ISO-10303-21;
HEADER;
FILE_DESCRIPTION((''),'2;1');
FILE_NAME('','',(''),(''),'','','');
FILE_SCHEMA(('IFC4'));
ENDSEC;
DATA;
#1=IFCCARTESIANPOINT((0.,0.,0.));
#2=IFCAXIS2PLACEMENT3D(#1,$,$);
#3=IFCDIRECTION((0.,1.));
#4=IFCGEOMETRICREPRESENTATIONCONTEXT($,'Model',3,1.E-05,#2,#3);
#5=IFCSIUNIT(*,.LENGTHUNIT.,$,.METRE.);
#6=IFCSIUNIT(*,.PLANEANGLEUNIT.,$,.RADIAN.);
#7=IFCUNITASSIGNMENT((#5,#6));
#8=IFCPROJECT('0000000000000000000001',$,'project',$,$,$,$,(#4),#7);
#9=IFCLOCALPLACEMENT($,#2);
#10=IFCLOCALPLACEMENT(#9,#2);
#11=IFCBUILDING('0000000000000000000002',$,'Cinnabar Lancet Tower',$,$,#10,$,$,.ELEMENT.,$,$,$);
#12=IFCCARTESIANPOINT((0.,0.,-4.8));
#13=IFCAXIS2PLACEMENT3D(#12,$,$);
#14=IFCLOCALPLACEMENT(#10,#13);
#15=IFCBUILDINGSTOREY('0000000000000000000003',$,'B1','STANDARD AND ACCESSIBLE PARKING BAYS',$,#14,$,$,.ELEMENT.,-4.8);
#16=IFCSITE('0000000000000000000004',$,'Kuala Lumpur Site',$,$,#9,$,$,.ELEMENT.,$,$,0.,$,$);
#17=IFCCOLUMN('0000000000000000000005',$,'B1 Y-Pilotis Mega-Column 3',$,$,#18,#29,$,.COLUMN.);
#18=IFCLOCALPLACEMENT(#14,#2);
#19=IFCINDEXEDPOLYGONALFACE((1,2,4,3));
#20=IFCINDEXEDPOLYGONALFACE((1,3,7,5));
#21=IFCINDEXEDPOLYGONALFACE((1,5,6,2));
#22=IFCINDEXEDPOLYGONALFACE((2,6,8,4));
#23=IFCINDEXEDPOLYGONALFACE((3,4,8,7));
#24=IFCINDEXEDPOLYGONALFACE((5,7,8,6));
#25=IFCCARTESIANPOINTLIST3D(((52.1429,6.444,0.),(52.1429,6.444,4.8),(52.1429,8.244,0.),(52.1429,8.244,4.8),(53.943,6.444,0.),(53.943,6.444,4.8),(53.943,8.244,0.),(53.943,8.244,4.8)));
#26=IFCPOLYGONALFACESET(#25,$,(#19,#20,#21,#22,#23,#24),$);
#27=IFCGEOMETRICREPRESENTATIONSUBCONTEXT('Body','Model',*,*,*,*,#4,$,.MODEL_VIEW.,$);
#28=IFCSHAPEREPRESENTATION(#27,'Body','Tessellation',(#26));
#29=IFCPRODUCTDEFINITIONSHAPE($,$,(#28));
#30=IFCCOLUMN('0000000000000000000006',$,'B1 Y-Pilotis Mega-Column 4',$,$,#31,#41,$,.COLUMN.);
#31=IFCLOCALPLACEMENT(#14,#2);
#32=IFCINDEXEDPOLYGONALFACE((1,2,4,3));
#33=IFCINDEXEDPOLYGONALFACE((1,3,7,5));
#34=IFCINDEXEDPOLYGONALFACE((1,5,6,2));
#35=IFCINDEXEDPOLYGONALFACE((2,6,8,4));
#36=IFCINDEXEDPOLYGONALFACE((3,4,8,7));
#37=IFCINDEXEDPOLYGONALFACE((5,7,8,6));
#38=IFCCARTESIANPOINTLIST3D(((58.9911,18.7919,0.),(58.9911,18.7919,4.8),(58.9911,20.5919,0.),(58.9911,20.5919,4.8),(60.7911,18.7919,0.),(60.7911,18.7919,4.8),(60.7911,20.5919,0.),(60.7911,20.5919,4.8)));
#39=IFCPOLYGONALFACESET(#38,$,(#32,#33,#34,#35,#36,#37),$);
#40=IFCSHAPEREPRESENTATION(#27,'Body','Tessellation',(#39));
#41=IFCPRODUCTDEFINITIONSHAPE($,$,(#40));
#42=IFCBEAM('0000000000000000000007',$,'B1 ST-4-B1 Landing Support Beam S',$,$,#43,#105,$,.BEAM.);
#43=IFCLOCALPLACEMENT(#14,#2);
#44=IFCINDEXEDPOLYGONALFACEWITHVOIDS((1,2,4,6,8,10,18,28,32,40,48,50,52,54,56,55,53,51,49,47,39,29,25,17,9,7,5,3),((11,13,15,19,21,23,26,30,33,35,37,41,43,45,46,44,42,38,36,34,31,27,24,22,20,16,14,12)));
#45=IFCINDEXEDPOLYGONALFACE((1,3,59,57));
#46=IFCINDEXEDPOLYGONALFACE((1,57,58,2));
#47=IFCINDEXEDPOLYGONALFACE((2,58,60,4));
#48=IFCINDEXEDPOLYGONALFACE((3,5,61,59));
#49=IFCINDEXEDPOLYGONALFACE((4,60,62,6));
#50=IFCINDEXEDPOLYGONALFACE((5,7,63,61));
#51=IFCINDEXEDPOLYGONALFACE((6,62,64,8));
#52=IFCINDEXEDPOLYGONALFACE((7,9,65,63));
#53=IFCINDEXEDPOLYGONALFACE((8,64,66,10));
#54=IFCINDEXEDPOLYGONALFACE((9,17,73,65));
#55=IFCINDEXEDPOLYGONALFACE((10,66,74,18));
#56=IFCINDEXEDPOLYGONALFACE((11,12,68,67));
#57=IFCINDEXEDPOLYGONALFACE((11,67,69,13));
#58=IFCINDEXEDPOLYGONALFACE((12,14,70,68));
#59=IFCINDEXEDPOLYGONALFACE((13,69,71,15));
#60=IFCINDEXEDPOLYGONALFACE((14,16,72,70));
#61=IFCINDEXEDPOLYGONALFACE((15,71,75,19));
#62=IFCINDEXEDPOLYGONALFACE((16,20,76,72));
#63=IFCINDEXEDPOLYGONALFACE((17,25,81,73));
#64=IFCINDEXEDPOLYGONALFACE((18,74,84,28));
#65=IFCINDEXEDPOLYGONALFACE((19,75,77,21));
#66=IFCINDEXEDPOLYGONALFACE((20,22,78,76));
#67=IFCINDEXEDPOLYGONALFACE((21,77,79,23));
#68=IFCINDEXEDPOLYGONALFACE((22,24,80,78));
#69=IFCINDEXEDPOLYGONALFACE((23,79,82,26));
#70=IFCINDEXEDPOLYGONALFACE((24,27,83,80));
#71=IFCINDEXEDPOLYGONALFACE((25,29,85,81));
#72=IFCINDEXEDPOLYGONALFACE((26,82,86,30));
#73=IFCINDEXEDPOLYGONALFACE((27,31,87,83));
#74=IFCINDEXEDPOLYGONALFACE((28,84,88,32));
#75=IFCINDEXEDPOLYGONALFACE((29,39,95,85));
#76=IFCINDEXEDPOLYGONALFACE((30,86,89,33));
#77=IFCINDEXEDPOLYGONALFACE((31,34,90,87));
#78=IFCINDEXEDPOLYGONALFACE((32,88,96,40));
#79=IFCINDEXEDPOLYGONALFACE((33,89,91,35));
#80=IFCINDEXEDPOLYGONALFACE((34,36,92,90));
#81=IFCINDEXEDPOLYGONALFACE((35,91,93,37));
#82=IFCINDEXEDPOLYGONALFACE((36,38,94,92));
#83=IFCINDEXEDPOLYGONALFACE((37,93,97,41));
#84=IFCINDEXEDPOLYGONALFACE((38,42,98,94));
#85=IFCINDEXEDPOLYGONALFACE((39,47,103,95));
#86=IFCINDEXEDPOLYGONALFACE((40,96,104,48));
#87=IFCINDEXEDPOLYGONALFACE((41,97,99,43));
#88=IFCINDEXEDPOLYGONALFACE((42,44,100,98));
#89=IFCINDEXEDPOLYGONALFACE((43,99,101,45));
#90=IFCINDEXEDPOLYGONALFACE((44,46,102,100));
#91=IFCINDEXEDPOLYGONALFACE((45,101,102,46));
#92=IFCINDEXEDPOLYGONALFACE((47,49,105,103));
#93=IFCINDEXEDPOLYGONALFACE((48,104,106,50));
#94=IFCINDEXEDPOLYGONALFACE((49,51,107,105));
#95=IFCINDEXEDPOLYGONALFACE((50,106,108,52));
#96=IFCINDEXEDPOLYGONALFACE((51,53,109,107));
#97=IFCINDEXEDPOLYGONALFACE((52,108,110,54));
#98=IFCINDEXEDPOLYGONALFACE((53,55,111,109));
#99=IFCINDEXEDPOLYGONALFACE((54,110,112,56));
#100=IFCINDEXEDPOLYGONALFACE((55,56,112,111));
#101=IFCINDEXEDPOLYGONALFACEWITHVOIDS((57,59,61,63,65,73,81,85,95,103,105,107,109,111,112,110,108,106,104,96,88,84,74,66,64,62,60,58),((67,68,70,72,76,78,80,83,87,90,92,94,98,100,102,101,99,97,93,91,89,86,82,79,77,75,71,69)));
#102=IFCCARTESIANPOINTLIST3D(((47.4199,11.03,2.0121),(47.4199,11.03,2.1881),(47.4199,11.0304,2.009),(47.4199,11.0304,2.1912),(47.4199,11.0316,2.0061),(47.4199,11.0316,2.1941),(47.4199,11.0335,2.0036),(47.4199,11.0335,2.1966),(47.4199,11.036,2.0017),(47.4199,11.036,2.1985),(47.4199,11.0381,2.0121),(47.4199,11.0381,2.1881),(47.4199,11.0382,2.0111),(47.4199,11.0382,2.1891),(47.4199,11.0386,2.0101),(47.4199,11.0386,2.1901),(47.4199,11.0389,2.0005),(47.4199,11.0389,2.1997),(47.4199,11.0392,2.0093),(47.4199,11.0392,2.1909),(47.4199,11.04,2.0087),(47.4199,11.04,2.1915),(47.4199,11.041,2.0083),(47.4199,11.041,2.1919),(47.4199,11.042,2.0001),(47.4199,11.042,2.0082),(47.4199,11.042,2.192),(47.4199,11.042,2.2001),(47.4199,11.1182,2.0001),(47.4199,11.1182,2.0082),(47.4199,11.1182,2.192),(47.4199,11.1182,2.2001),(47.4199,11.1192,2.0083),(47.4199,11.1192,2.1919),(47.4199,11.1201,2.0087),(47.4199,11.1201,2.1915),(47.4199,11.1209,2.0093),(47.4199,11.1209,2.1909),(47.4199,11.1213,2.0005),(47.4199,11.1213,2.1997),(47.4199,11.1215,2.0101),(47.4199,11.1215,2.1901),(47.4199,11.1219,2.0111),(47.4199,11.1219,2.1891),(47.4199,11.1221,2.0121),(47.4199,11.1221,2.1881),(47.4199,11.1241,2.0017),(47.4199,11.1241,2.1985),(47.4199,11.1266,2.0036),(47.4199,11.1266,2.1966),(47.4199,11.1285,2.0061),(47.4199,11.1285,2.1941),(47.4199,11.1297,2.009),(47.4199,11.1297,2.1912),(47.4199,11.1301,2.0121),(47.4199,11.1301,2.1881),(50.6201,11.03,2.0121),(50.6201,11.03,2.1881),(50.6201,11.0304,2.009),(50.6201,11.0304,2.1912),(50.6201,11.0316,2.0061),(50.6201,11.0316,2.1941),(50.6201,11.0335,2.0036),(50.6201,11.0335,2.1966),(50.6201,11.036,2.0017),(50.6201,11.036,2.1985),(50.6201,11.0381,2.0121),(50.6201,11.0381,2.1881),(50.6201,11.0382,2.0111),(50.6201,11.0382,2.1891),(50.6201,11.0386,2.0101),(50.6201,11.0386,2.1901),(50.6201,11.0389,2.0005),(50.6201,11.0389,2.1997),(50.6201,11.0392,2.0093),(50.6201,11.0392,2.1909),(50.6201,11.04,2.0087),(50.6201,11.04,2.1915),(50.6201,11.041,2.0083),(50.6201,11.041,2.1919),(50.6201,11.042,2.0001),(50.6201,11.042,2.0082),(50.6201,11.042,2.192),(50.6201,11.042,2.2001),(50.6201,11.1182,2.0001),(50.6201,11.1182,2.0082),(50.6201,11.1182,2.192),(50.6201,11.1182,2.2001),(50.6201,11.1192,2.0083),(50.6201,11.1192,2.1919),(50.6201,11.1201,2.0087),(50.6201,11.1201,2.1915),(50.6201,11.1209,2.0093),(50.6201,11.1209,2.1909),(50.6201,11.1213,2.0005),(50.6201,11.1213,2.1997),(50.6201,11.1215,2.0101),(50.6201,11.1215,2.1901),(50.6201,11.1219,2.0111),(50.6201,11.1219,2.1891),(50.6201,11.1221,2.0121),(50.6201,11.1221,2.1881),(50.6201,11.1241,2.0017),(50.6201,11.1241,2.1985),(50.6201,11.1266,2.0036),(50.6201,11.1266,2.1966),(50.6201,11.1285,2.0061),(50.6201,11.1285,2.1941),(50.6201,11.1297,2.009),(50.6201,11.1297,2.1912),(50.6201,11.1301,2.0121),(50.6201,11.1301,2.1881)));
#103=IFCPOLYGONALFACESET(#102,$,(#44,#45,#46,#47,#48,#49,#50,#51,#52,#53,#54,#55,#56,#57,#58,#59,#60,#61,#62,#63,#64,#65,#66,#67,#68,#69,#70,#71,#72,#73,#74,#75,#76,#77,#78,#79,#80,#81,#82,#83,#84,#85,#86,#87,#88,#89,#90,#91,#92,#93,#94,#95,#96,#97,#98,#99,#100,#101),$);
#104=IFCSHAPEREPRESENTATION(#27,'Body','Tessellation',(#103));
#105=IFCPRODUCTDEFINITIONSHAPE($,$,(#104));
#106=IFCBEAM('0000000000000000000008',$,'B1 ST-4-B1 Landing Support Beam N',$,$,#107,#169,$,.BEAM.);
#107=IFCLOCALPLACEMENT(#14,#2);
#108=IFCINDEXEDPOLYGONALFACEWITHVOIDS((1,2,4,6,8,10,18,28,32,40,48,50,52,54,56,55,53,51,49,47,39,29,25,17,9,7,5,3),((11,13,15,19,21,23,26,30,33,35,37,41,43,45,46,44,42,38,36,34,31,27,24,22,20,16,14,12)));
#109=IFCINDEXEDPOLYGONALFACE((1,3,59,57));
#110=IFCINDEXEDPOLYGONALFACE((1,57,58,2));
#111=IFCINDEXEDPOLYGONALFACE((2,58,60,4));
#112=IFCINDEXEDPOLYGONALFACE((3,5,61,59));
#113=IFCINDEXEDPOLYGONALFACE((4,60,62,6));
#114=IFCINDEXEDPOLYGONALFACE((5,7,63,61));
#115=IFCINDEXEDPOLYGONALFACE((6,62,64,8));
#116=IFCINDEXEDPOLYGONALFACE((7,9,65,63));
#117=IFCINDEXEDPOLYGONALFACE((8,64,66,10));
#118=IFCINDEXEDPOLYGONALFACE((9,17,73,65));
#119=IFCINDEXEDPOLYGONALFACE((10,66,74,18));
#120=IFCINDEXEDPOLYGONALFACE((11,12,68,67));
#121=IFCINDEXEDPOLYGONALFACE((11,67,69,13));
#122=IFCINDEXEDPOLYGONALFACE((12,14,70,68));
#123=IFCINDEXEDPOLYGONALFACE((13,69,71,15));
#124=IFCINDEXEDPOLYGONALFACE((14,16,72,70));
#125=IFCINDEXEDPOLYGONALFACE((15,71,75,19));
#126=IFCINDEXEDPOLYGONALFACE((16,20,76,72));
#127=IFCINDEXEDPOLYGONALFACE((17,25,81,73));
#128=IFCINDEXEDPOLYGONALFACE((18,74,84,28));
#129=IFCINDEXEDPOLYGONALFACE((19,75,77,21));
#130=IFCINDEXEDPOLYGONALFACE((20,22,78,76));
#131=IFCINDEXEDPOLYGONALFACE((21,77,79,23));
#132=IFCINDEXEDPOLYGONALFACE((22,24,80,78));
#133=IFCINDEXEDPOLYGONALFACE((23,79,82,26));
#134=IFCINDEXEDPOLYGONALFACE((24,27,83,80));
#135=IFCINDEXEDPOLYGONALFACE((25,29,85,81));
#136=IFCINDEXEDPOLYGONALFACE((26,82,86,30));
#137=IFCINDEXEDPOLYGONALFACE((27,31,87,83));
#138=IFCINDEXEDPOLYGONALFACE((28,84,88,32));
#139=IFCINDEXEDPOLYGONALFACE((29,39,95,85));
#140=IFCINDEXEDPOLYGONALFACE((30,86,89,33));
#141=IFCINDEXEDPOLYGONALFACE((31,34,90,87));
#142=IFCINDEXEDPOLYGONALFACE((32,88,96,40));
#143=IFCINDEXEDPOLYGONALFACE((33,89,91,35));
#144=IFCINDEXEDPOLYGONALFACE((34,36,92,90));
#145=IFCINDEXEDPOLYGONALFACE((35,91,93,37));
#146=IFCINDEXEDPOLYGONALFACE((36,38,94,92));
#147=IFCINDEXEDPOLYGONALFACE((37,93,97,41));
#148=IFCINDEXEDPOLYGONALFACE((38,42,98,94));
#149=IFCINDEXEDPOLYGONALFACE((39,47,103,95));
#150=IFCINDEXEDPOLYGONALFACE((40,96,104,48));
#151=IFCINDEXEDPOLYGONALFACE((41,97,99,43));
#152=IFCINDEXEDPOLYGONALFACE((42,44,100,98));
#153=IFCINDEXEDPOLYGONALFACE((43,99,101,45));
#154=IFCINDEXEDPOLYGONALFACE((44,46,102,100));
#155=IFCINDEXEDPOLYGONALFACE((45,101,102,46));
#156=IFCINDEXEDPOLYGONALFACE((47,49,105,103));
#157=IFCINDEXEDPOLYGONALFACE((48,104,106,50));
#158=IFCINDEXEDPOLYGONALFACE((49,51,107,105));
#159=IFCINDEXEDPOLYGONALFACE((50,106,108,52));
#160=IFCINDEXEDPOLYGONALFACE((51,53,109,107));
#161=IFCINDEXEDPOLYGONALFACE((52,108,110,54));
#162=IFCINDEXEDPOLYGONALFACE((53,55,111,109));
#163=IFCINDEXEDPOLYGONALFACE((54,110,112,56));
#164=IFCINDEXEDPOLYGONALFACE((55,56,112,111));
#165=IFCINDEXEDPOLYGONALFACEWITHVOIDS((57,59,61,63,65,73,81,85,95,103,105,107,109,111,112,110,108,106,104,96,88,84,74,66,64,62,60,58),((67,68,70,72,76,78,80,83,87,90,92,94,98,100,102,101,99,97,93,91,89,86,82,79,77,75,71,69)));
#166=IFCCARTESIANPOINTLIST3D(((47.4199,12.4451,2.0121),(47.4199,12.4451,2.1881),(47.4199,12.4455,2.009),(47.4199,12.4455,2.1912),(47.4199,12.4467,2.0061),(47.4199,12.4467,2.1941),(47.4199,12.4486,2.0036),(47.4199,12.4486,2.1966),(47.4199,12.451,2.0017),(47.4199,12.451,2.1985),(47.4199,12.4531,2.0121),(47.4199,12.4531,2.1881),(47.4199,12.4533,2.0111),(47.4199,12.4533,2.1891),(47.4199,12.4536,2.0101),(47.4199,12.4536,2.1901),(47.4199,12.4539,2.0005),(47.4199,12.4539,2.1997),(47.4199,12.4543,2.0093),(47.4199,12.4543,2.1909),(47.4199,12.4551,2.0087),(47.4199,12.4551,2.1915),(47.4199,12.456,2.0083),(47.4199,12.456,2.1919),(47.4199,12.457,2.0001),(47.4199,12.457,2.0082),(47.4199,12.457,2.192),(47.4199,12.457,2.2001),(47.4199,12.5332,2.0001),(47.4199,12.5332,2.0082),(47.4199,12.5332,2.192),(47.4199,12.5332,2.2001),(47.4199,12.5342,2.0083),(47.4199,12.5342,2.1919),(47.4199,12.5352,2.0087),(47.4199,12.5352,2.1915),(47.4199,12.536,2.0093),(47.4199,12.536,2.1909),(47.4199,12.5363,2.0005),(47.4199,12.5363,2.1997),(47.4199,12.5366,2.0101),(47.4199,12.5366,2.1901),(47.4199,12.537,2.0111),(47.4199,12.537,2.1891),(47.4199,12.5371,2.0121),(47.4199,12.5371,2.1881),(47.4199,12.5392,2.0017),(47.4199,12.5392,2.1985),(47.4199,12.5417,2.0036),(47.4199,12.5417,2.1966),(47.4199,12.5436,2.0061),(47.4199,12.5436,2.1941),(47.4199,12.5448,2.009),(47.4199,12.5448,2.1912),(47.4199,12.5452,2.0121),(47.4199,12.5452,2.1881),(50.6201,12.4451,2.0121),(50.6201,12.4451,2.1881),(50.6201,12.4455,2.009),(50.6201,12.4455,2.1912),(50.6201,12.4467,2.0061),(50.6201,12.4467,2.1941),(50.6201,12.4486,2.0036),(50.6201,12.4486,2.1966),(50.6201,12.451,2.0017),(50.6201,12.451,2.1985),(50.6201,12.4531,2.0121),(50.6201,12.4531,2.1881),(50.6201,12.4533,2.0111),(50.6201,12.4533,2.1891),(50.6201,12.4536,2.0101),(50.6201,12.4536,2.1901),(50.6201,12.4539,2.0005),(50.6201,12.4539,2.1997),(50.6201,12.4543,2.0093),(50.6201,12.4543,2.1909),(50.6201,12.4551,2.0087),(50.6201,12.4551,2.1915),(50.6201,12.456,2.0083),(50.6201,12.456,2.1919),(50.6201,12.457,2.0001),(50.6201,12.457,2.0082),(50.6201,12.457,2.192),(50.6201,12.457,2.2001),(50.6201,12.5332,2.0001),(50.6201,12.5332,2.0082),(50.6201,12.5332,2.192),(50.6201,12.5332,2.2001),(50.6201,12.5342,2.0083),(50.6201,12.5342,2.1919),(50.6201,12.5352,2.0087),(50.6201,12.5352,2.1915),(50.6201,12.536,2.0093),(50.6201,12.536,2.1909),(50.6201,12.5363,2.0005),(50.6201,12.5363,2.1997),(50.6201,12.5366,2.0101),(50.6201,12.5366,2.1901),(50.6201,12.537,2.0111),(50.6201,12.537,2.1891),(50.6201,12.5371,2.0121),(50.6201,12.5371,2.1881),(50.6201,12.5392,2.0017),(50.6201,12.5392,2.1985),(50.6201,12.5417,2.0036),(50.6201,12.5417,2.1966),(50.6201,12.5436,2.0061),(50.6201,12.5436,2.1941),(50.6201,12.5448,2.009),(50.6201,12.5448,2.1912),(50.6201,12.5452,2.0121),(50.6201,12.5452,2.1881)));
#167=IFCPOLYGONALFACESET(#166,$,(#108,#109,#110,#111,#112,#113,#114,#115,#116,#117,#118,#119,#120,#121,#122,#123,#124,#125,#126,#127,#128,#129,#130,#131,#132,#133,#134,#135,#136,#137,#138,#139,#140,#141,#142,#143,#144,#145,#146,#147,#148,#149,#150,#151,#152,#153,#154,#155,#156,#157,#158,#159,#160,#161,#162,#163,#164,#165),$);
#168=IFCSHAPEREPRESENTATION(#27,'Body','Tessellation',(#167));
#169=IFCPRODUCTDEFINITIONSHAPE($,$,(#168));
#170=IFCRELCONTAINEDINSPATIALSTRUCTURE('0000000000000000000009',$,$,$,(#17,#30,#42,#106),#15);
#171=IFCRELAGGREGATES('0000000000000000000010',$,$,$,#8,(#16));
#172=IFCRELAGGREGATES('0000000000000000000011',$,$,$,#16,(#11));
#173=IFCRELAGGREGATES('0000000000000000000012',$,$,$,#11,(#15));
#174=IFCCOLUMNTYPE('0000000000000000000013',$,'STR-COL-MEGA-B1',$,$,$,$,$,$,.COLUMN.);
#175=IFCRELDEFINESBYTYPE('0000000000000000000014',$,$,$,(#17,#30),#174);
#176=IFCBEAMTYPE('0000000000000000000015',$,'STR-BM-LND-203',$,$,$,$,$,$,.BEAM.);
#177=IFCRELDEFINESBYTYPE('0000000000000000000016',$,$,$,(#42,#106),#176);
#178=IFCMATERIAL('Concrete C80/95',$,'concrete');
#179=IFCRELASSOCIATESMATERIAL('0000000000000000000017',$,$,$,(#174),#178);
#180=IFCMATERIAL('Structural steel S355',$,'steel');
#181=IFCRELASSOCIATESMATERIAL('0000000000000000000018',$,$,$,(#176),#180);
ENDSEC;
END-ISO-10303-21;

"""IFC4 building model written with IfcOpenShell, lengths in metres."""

from ifc_helpers import new_model, si_unit, direction, frame, origin, origin_2d, place, context, subcontext, project, spatial, rectangle, hollow_rectangle, extrude, material, material_profile, profile_set, type_object, element, save


model = new_model("IFC4")

# Units and contexts
model_context = context("Model", 3, precision=1e-05, world=origin(), true_north=direction((0.0, 1.0)))
body_context = subcontext(model_context, "Body", "Model", "MODEL_VIEW")
ifc_project = project(units=[si_unit("LENGTHUNIT", "METRE"), si_unit("PLANEANGLEUNIT", "RADIAN")], contexts=[model_context])

# Site, building, storey
site_placement = place(None, origin())
site = spatial("IfcSite", under=ifc_project, at=site_placement, Name="Kuala Lumpur Site", CompositionType="ELEMENT", RefElevation=0.0)
building_placement = place(site_placement, origin())
building = spatial("IfcBuilding", under=site, at=building_placement, Name="Cinnabar Lancet Tower", CompositionType="ELEMENT")
storey_placement = place(building_placement, frame((0.0, 0.0, -4.8)))
storey = spatial("IfcBuildingStorey", under=building, at=storey_placement, Name="B1", Description="STANDARD AND ACCESSIBLE PARKING BAYS", CompositionType="ELEMENT", Elevation=-4.8)

# Columns
ifc_material_1 = material(Name="Concrete C80/95", Category="concrete")
ifc_material_profile_1 = material_profile(ifc_material_1, rectangle(XDim=1.8, YDim=1.8, at=origin_2d()), Name="RC-MEGA 1800x1800")
ifc_profile_set_1 = profile_set([ifc_material_profile_1], Name="Concrete C80/95")
column_type = type_object("IfcColumnType", Name="STR-COL-MEGA-B1", PredefinedType="COLUMN", material=ifc_profile_set_1)
for number, where, z_axis, x_axis, name in (
    (1, (53.043, 7.344, 0.0), (0.0, 0.0, 1.0), (1.0, 0.0, 0.0), "B1 Y-Pilotis Mega-Column 3"),
    (2, (59.8911, 19.6919, 0.0), (0.0, 0.0, 1.0), (1.0, 0.0, 0.0), "B1 Y-Pilotis Mega-Column 4"),
):
    element("IfcColumn", number, at=place(storey_placement, frame(where, z_axis=z_axis, x_axis=x_axis)), inside=storey, type_object=column_type, Name=name, PredefinedType="COLUMN", context=body_context, shape_type="SweptSolid", body=[
        extrude(rectangle(XDim=1.8, YDim=1.8, at=origin_2d()), origin(), (0.0, 0.0, 1.0), 4.8),
    ])

# Beams
ifc_material_2 = material(Name="Structural steel S355", Category="steel")
ifc_material_profile_2 = material_profile(ifc_material_2, hollow_rectangle(XDim=0.1001, YDim=0.2, WallThickness=0.0081, InnerFilletRadius=0.0039, OuterFilletRadius=0.012, at=origin_2d()), Name="RHS 200x100x8")
ifc_profile_set_2 = profile_set([ifc_material_profile_2], Name="Structural steel S355")
beam_type = type_object("IfcBeamType", Name="STR-BM-LND-203", PredefinedType="BEAM", material=ifc_profile_set_2)
for number, where, z_axis, x_axis, name in (
    (3, (47.4199, 11.0801, 2.1001), (1.0, 0.0, 0.0), (0.0, 1.0, 0.0), "B1 ST-4-B1 Landing Support Beam S"),
    (4, (47.4199, 12.4951, 2.1001), (1.0, 0.0, 0.0), (0.0, 1.0, 0.0), "B1 ST-4-B1 Landing Support Beam N"),
):
    element("IfcBeam", number, at=place(storey_placement, frame(where, z_axis=z_axis, x_axis=x_axis)), inside=storey, type_object=beam_type, Name=name, PredefinedType="BEAM", context=body_context, shape_type="SweptSolid", body=[
        extrude(hollow_rectangle(XDim=0.1001, YDim=0.2, WallThickness=0.0081, InnerFilletRadius=0.0039, OuterFilletRadius=0.012, at=origin_2d()), origin(), (0.0, 0.0, 1.0), 3.2002),
    ])

save(model, "model.ifc")
